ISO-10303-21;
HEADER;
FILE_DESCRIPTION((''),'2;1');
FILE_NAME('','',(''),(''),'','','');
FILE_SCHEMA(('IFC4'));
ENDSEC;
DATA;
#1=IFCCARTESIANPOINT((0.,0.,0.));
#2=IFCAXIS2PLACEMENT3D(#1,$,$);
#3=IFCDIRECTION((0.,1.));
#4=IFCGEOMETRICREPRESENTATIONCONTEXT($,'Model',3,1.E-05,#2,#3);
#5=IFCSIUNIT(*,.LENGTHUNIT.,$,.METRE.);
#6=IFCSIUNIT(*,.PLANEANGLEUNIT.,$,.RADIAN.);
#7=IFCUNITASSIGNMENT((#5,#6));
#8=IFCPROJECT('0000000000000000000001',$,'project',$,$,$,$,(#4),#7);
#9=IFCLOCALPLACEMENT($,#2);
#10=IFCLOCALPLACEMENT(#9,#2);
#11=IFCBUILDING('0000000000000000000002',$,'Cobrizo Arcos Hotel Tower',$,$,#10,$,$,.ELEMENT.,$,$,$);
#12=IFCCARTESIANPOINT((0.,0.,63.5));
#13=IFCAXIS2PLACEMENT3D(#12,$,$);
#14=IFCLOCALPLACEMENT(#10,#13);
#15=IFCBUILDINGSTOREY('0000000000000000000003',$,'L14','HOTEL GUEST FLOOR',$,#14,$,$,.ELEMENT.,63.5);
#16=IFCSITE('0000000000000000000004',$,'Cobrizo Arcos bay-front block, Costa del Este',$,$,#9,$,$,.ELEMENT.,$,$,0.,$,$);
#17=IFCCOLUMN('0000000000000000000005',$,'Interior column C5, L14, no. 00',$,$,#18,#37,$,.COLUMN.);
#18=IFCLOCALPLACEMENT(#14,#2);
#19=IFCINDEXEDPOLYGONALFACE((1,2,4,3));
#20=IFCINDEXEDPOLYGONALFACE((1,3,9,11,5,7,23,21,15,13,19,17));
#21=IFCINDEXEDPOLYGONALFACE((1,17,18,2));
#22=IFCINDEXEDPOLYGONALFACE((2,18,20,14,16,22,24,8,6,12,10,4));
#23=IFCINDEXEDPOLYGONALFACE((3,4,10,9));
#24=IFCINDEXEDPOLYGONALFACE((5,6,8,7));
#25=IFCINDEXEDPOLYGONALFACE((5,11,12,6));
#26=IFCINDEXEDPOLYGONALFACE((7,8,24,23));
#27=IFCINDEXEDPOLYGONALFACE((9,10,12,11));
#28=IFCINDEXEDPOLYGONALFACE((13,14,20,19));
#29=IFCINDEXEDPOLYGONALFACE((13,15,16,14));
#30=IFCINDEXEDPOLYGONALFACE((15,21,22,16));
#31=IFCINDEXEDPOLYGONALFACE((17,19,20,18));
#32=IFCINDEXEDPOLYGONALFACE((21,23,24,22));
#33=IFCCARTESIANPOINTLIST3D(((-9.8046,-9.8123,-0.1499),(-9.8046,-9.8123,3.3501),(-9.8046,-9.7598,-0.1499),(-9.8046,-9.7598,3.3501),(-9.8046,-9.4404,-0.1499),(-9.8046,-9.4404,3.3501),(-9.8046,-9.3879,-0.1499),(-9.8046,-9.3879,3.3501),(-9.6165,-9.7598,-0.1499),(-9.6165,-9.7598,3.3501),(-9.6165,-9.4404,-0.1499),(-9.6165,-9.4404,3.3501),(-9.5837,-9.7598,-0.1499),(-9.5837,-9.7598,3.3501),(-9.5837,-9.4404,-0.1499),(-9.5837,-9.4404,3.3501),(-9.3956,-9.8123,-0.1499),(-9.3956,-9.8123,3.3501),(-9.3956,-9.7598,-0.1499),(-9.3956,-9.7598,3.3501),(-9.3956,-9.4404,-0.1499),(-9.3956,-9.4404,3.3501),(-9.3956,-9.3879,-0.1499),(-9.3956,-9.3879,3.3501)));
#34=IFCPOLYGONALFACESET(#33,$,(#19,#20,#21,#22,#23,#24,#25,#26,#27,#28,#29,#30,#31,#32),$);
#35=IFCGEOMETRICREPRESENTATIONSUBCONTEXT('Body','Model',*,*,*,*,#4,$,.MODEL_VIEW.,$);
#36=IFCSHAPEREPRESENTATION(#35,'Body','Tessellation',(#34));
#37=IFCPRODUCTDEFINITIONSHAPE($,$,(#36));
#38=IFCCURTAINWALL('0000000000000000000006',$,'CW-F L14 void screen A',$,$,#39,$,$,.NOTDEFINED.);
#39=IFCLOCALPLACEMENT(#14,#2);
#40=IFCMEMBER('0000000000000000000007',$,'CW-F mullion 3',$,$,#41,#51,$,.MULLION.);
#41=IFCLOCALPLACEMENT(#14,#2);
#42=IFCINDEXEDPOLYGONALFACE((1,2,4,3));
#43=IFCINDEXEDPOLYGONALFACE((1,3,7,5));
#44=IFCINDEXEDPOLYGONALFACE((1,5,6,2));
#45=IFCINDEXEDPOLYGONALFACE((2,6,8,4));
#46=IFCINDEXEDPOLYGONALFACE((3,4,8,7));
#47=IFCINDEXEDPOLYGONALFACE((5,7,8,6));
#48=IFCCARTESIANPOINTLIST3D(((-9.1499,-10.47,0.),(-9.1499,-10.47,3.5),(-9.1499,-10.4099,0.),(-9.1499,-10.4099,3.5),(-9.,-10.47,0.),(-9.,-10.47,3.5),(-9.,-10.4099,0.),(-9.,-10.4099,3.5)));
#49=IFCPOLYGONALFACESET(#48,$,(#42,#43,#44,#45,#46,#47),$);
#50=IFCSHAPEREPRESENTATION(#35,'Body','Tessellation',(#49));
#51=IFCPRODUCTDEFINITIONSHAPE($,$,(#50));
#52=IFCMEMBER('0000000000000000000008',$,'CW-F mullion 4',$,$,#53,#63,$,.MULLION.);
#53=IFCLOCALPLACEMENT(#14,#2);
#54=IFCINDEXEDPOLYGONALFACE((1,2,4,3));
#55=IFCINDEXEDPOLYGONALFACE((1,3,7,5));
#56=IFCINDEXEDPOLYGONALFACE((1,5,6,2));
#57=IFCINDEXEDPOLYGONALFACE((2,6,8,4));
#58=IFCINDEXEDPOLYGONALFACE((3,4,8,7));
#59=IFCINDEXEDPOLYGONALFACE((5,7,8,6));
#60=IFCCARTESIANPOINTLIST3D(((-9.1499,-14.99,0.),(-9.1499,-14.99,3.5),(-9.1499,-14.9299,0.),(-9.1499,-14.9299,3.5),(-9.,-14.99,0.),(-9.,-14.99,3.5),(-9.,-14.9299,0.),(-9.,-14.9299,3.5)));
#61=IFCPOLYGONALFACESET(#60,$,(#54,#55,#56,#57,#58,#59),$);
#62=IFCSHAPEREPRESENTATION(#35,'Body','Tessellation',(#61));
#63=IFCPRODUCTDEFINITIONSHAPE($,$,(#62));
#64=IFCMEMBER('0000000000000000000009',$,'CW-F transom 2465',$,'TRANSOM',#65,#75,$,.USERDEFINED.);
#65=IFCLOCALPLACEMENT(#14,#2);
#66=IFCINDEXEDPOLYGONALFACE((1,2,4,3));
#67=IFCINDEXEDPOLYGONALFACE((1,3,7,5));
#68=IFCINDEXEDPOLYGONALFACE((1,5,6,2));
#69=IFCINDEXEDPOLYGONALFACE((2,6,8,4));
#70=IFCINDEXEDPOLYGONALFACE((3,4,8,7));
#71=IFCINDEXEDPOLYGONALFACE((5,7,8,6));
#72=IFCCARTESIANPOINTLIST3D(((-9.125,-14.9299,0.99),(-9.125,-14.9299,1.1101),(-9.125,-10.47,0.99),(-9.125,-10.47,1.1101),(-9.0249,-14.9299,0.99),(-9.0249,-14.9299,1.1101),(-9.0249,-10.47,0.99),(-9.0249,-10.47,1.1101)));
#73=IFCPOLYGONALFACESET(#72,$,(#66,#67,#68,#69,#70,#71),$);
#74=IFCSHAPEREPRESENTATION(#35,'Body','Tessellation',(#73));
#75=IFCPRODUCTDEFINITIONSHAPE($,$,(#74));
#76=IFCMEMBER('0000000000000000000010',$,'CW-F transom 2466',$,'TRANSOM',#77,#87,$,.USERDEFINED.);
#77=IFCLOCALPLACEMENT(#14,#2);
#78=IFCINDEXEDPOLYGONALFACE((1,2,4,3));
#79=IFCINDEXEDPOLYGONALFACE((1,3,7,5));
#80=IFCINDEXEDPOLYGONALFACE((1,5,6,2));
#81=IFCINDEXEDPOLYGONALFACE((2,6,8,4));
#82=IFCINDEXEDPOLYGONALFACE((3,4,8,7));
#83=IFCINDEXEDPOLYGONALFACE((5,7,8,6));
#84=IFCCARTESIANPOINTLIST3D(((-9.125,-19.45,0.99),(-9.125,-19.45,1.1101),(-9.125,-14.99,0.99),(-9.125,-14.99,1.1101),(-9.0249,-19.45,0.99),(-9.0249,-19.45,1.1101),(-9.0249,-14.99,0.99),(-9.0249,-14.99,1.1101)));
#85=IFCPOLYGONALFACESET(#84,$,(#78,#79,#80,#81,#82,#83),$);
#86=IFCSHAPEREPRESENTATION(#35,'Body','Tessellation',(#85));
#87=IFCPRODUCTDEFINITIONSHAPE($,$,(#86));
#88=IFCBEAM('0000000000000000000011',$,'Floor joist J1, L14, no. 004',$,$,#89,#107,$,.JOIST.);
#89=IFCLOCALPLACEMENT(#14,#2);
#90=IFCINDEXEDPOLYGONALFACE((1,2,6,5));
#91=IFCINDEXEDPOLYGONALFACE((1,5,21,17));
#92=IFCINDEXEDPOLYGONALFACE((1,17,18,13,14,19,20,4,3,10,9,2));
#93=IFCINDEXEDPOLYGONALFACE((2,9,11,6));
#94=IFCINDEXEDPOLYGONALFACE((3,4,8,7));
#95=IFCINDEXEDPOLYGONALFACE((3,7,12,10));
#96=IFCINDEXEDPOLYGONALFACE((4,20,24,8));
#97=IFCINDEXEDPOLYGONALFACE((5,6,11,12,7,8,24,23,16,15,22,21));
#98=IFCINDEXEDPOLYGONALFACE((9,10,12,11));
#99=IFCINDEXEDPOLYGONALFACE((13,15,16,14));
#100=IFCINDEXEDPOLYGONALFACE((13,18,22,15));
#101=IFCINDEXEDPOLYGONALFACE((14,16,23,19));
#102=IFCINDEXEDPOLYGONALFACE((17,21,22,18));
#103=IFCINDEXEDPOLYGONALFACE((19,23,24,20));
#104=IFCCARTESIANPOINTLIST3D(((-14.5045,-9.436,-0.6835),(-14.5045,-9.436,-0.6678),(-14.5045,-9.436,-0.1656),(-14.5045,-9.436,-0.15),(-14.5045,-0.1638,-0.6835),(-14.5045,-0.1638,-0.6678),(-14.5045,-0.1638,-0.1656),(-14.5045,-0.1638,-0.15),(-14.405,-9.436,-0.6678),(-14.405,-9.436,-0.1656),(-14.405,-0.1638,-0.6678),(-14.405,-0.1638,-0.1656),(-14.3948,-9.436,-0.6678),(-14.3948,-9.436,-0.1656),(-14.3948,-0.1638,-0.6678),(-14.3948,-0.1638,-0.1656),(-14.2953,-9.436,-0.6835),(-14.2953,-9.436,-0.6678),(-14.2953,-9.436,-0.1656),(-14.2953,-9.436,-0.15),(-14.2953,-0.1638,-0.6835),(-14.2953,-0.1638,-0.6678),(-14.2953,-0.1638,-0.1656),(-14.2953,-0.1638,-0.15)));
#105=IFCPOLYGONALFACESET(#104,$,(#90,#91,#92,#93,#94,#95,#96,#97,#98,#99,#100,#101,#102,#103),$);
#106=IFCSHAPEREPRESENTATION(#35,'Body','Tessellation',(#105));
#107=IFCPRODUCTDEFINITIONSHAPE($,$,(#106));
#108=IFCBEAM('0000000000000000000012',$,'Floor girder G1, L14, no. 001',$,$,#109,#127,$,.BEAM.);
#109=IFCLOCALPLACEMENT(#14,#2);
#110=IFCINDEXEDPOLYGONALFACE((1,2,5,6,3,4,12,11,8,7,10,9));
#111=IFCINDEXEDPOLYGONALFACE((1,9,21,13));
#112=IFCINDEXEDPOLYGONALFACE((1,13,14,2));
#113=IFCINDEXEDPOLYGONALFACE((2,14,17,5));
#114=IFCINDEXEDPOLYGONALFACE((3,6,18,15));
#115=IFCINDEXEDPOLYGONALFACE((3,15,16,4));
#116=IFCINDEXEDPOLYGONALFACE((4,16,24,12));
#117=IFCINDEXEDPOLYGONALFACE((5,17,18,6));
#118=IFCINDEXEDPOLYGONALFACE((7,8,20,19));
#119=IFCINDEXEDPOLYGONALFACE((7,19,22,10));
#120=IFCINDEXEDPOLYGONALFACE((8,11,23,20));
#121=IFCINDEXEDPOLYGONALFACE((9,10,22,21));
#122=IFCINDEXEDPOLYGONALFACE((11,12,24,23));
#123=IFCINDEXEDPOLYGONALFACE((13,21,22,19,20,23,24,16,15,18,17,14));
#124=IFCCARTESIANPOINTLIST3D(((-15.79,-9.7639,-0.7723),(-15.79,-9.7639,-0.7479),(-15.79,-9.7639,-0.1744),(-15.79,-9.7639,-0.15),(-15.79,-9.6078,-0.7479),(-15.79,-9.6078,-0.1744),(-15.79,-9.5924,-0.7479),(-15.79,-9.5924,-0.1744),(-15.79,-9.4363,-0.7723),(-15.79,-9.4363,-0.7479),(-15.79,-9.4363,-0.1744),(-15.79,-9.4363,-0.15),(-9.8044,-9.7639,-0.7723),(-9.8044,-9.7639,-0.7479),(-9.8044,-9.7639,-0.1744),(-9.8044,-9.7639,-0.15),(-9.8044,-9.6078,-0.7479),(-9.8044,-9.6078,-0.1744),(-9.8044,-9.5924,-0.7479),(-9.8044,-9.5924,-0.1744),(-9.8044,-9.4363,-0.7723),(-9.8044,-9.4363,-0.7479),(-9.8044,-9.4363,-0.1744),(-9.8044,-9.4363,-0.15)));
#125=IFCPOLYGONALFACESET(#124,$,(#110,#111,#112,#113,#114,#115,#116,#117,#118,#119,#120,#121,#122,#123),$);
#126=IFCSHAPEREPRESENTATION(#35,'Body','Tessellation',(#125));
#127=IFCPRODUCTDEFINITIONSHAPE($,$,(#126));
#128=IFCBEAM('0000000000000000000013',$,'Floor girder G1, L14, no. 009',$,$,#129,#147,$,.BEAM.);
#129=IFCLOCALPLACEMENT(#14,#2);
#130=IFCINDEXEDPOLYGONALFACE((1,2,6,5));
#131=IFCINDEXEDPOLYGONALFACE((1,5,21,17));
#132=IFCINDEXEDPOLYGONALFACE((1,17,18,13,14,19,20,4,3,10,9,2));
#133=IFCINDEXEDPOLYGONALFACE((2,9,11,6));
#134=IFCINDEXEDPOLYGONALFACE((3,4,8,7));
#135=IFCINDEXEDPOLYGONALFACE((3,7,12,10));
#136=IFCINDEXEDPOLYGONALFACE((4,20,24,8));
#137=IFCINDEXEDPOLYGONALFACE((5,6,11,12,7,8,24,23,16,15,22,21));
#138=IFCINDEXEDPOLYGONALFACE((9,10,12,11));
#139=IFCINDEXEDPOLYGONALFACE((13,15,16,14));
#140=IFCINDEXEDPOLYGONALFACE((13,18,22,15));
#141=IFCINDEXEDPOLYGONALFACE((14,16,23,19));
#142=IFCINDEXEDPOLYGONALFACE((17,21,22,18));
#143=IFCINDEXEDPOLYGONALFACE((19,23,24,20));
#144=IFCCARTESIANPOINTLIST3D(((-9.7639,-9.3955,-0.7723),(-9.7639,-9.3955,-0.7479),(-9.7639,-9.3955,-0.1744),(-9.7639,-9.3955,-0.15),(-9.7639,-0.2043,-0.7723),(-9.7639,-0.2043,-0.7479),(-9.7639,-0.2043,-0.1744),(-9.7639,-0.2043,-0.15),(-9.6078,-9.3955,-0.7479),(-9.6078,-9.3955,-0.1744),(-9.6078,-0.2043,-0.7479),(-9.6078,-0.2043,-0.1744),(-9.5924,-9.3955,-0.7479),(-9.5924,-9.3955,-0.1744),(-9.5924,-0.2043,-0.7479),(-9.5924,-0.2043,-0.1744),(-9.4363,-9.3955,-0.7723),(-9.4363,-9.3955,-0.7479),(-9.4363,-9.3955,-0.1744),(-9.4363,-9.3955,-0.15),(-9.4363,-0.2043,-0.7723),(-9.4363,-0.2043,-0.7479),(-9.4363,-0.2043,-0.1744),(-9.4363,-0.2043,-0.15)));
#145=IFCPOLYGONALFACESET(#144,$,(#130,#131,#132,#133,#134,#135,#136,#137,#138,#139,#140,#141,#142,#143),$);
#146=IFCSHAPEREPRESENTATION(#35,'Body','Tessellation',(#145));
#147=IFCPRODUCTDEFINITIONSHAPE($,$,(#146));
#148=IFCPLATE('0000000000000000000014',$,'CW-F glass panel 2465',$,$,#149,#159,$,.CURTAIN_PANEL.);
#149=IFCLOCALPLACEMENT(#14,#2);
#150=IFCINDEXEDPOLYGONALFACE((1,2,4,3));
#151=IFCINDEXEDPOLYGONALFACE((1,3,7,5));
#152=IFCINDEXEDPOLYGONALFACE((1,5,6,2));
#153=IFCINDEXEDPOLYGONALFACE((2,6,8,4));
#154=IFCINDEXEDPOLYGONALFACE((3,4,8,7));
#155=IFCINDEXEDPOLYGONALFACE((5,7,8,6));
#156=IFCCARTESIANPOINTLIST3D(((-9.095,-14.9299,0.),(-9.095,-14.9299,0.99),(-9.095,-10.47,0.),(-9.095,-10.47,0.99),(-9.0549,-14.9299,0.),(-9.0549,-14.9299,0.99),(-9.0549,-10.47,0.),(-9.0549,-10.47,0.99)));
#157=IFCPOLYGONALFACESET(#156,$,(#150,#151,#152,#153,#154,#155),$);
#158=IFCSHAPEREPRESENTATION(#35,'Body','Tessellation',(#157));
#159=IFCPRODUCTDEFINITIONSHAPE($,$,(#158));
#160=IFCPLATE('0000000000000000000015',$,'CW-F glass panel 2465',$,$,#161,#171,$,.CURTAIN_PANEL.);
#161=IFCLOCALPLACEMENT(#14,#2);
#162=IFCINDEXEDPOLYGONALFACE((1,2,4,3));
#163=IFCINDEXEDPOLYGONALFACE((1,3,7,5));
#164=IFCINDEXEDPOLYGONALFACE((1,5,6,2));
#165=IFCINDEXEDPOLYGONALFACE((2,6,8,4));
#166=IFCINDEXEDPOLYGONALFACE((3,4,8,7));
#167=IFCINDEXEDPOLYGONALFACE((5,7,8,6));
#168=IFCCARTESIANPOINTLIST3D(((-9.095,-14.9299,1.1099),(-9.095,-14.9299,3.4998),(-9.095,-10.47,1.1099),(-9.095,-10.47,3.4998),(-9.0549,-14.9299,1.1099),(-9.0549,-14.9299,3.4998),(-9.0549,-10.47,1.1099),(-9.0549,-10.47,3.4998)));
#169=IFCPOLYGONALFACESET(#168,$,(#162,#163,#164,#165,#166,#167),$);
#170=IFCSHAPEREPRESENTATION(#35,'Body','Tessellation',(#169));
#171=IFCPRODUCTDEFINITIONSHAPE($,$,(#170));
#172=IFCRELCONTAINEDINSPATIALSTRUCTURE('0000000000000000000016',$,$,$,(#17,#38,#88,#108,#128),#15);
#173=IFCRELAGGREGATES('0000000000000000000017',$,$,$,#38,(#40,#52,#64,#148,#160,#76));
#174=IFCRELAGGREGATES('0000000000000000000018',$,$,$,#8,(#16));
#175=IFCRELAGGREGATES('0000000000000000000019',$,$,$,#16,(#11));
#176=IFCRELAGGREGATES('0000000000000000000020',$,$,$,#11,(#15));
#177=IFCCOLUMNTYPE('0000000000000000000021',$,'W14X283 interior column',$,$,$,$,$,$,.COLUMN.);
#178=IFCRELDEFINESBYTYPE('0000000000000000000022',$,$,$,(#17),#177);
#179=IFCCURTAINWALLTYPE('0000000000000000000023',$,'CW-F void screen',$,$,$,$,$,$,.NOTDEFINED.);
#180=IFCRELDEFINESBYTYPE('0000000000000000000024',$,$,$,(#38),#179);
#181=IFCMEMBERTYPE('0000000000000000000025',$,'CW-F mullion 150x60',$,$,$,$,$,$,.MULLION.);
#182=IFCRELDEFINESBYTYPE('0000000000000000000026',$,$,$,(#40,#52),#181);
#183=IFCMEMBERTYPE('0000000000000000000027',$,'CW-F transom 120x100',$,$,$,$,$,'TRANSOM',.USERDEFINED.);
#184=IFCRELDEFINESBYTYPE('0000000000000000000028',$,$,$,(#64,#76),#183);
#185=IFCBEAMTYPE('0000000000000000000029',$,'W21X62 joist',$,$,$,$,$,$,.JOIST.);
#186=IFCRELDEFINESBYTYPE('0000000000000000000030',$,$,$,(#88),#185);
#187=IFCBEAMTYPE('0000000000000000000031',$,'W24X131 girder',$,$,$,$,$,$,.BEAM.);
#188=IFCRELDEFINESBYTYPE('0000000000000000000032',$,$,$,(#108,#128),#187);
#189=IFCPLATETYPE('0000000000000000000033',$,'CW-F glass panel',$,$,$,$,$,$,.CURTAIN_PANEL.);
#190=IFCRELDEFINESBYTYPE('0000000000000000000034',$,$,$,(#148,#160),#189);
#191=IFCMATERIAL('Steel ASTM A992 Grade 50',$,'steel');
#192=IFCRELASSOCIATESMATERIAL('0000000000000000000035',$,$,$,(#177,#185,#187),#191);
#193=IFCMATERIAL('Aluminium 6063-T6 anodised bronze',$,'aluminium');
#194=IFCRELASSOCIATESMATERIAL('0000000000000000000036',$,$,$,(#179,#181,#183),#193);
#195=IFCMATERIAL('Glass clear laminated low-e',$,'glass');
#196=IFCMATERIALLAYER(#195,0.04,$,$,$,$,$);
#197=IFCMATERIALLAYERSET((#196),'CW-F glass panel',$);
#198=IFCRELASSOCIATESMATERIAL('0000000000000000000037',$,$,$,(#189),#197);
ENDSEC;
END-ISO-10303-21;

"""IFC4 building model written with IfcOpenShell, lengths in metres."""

from ifc_helpers import new_model, si_unit, direction, frame, origin, origin_2d, place, context, subcontext, project, spatial, rectangle, i_section, extrude, material, layer, layer_set, material_profile, profile_set, type_object, element, aggregate, save


model = new_model("IFC4")

# Units and contexts
model_context = context("Model", 3, precision=1e-05, world=origin(), true_north=direction((0.0, 1.0)))
body_context = subcontext(model_context, "Body", "Model", "MODEL_VIEW")
ifc_project = project(units=[si_unit("LENGTHUNIT", "METRE"), si_unit("PLANEANGLEUNIT", "RADIAN")], contexts=[model_context])

# Site, building, storey
site_placement = place(None, origin())
site = spatial("IfcSite", under=ifc_project, at=site_placement, Name="Cobrizo Arcos bay-front block, Costa del Este", CompositionType="ELEMENT", RefElevation=0.0)
building_placement = place(site_placement, origin())
building = spatial("IfcBuilding", under=site, at=building_placement, Name="Cobrizo Arcos Hotel Tower", CompositionType="ELEMENT")
storey_placement = place(building_placement, frame((0.0, 0.0, 63.5)))
storey = spatial("IfcBuildingStorey", under=building, at=storey_placement, Name="L14", Description="HOTEL GUEST FLOOR", CompositionType="ELEMENT", Elevation=63.5)

# Column
ifc_material_1 = material(Name="Steel ASTM A992 Grade 50", Category="steel")
ifc_material_profile_1 = material_profile(ifc_material_1, i_section(OverallWidth=0.4089, OverallDepth=0.4243, WebThickness=0.0327, FlangeThickness=0.0525, at=origin_2d()), Name="W14X283")
ifc_profile_set_1 = profile_set([ifc_material_profile_1], Name="Steel ASTM A992 Grade 50")
column_type = type_object("IfcColumnType", Name="W14X283 interior column", PredefinedType="COLUMN", material=ifc_profile_set_1)
column_placement = place(storey_placement, frame((-9.6001, -9.6001, -0.1499), z_axis=(0.0, 0.0, 1.0), x_axis=(1.0, 0.0, 0.0)))
element("IfcColumn", 1, at=column_placement, inside=storey, type_object=column_type, Name="Interior column C5, L14, no. 00", PredefinedType="COLUMN", context=body_context, shape_type="SweptSolid", body=[
    extrude(i_section(OverallWidth=0.4089, OverallDepth=0.4243, WebThickness=0.0327, FlangeThickness=0.0525, at=origin_2d()), origin(), (0.0, 0.0, 1.0), 3.5),
])

# Curtain wall, members
ifc_material_2 = material(Name="Aluminium 6063-T6 anodised bronze", Category="aluminium")
curtain_wall_type = type_object("IfcCurtainWallType", Name="CW-F void screen", PredefinedType="NOTDEFINED", material=ifc_material_2)
curtain_wall_placement = place(storey_placement, origin())
curtain_wall = element("IfcCurtainWall", 2, at=curtain_wall_placement, inside=storey, type_object=curtain_wall_type, Name="CW-F L14 void screen A", PredefinedType="NOTDEFINED")
ifc_material_profile_2 = material_profile(ifc_material_2, rectangle(XDim=0.1499, YDim=0.0601, at=origin_2d()), Name="CW-F mullion 150x60")
ifc_profile_set_2 = profile_set([ifc_material_profile_2], Name="Aluminium 6063-T6 anodised bronze")
member_type_1 = type_object("IfcMemberType", Name="CW-F mullion 150x60", PredefinedType="MULLION", material=ifc_profile_set_2)
member_1_placement = place(storey_placement, frame((-9.075, -10.4399, 0.0), z_axis=(0.0, 0.0, 1.0), x_axis=(-1.0, 0.0, 0.0)))
member_1 = element("IfcMember", 3, at=member_1_placement, type_object=member_type_1, Name="CW-F mullion 3", PredefinedType="MULLION", context=body_context, shape_type="SweptSolid", body=[
    extrude(rectangle(XDim=0.1499, YDim=0.0601, at=origin_2d()), origin(), (0.0, 0.0, 1.0), 3.5),
])
member_2_placement = place(storey_placement, frame((-9.075, -14.96, 0.0), z_axis=(0.0, 0.0, 1.0), x_axis=(-1.0, 0.0, 0.0)))
member_2 = element("IfcMember", 4, at=member_2_placement, type_object=member_type_1, Name="CW-F mullion 4", PredefinedType="MULLION", context=body_context, shape_type="SweptSolid", body=[
    extrude(rectangle(XDim=0.1499, YDim=0.0601, at=origin_2d()), origin(), (0.0, 0.0, 1.0), 3.5),
])
ifc_material_profile_3 = material_profile(ifc_material_2, rectangle(XDim=0.1001, YDim=0.1201, at=origin_2d()), Name="CW-F transom 120x100")
ifc_profile_set_3 = profile_set([ifc_material_profile_3], Name="Aluminium 6063-T6 anodised bronze")
member_type_2 = type_object("IfcMemberType", Name="CW-F transom 120x100", ElementType="TRANSOM", PredefinedType="USERDEFINED", material=ifc_profile_set_3)
member_3_placement = place(storey_placement, frame((-9.075, -10.47, 1.05), z_axis=(0.0, -1.0, 0.0), x_axis=(1.0, 0.0, 0.0)))
member_3 = element("IfcMember", 5, at=member_3_placement, type_object=member_type_2, Name="CW-F transom 2465", ObjectType="TRANSOM", PredefinedType="USERDEFINED", context=body_context, shape_type="SweptSolid", body=[
    extrude(rectangle(XDim=0.1001, YDim=0.1201, at=origin_2d()), origin(), (0.0, 0.0, 1.0), 4.46),
])
member_4_placement = place(storey_placement, frame((-9.075, -14.99, 1.05), z_axis=(0.0, -1.0, 0.0), x_axis=(1.0, 0.0, 0.0)))
member_4 = element("IfcMember", 6, at=member_4_placement, type_object=member_type_2, Name="CW-F transom 2466", ObjectType="TRANSOM", PredefinedType="USERDEFINED", context=body_context, shape_type="SweptSolid", body=[
    extrude(rectangle(XDim=0.1001, YDim=0.1201, at=origin_2d()), origin(), (0.0, 0.0, 1.0), 4.46),
])

# Beams
ifc_material_profile_4 = material_profile(ifc_material_1, i_section(OverallWidth=0.2092, OverallDepth=0.5334, WebThickness=0.0103, FlangeThickness=0.0156, at=origin_2d()), Name="W21X62")
ifc_profile_set_4 = profile_set([ifc_material_profile_4], Name="Steel ASTM A992 Grade 50")
beam_type_1 = type_object("IfcBeamType", Name="W21X62 joist", PredefinedType="JOIST", material=ifc_profile_set_4)
beam_1_placement = place(storey_placement, frame((-14.3999, -9.436, -0.4167), z_axis=(0.0, 1.0, 0.0), x_axis=(-1.0, 0.0, 0.0)))
element("IfcBeam", 7, at=beam_1_placement, inside=storey, type_object=beam_type_1, Name="Floor joist J1, L14, no. 004", PredefinedType="JOIST", context=body_context, shape_type="SweptSolid", body=[
    extrude(i_section(OverallWidth=0.2092, OverallDepth=0.5334, WebThickness=0.0103, FlangeThickness=0.0156, at=origin_2d()), origin(), (0.0, 0.0, 1.0), 9.2722),
])
ifc_material_profile_5 = material_profile(ifc_material_1, i_section(OverallWidth=0.3276, OverallDepth=0.6223, WebThickness=0.0154, FlangeThickness=0.0244, at=origin_2d()), Name="W24X131")
ifc_profile_set_5 = profile_set([ifc_material_profile_5], Name="Steel ASTM A992 Grade 50")
beam_type_2 = type_object("IfcBeamType", Name="W24X131 girder", PredefinedType="BEAM", material=ifc_profile_set_5)
beam_2_placement = place(storey_placement, frame((-15.79, -9.6001, -0.4612), z_axis=(1.0, 0.0, 0.0), x_axis=(0.0, 1.0, 0.0)))
element("IfcBeam", 8, at=beam_2_placement, inside=storey, type_object=beam_type_2, Name="Floor girder G1, L14, no. 001", PredefinedType="BEAM", context=body_context, shape_type="SweptSolid", body=[
    extrude(i_section(OverallWidth=0.3276, OverallDepth=0.6223, WebThickness=0.0154, FlangeThickness=0.0244, at=origin_2d()), origin(), (0.0, 0.0, 1.0), 5.9856),
])
beam_3_placement = place(storey_placement, frame((-9.6001, -9.3955, -0.4612), z_axis=(0.0, 1.0, 0.0), x_axis=(-1.0, 0.0, 0.0)))
element("IfcBeam", 9, at=beam_3_placement, inside=storey, type_object=beam_type_2, Name="Floor girder G1, L14, no. 009", PredefinedType="BEAM", context=body_context, shape_type="SweptSolid", body=[
    extrude(i_section(OverallWidth=0.3276, OverallDepth=0.6223, WebThickness=0.0154, FlangeThickness=0.0244, at=origin_2d()), origin(), (0.0, 0.0, 1.0), 9.1912),
])

# Plates
ifc_material_3 = material(Name="Glass clear laminated low-e", Category="glass")
ifc_layer_1 = layer(ifc_material_3, 0.04)
ifc_layer_set_1 = layer_set([ifc_layer_1], Name="CW-F glass panel")
plate_type = type_object("IfcPlateType", Name="CW-F glass panel", PredefinedType="CURTAIN_PANEL", material=ifc_layer_set_1)
plate_1_placement = place(storey_placement, frame((-9.075, -12.7, 0.0), z_axis=(0.0, 0.0, 1.0), x_axis=(0.0, -1.0, 0.0)))
plate_1 = element("IfcPlate", 10, at=plate_1_placement, type_object=plate_type, Name="CW-F glass panel 2465", PredefinedType="CURTAIN_PANEL", context=body_context, shape_type="SweptSolid", body=[
    extrude(rectangle(XDim=4.46, YDim=0.04, at=origin_2d()), origin(), (0.0, 0.0, 1.0), 0.99),
])
plate_2_placement = place(storey_placement, frame((-9.075, -12.7, 1.1099), z_axis=(0.0, 0.0, 1.0), x_axis=(0.0, -1.0, 0.0)))
plate_2 = element("IfcPlate", 11, at=plate_2_placement, type_object=plate_type, Name="CW-F glass panel 2465", PredefinedType="CURTAIN_PANEL", context=body_context, shape_type="SweptSolid", body=[
    extrude(rectangle(XDim=4.46, YDim=0.04, at=origin_2d()), origin(), (0.0, 0.0, 1.0), 2.3899),
])
aggregate(curtain_wall, [member_1, member_2, member_3, plate_1, plate_2, member_4])

save(model, "model.ifc")
